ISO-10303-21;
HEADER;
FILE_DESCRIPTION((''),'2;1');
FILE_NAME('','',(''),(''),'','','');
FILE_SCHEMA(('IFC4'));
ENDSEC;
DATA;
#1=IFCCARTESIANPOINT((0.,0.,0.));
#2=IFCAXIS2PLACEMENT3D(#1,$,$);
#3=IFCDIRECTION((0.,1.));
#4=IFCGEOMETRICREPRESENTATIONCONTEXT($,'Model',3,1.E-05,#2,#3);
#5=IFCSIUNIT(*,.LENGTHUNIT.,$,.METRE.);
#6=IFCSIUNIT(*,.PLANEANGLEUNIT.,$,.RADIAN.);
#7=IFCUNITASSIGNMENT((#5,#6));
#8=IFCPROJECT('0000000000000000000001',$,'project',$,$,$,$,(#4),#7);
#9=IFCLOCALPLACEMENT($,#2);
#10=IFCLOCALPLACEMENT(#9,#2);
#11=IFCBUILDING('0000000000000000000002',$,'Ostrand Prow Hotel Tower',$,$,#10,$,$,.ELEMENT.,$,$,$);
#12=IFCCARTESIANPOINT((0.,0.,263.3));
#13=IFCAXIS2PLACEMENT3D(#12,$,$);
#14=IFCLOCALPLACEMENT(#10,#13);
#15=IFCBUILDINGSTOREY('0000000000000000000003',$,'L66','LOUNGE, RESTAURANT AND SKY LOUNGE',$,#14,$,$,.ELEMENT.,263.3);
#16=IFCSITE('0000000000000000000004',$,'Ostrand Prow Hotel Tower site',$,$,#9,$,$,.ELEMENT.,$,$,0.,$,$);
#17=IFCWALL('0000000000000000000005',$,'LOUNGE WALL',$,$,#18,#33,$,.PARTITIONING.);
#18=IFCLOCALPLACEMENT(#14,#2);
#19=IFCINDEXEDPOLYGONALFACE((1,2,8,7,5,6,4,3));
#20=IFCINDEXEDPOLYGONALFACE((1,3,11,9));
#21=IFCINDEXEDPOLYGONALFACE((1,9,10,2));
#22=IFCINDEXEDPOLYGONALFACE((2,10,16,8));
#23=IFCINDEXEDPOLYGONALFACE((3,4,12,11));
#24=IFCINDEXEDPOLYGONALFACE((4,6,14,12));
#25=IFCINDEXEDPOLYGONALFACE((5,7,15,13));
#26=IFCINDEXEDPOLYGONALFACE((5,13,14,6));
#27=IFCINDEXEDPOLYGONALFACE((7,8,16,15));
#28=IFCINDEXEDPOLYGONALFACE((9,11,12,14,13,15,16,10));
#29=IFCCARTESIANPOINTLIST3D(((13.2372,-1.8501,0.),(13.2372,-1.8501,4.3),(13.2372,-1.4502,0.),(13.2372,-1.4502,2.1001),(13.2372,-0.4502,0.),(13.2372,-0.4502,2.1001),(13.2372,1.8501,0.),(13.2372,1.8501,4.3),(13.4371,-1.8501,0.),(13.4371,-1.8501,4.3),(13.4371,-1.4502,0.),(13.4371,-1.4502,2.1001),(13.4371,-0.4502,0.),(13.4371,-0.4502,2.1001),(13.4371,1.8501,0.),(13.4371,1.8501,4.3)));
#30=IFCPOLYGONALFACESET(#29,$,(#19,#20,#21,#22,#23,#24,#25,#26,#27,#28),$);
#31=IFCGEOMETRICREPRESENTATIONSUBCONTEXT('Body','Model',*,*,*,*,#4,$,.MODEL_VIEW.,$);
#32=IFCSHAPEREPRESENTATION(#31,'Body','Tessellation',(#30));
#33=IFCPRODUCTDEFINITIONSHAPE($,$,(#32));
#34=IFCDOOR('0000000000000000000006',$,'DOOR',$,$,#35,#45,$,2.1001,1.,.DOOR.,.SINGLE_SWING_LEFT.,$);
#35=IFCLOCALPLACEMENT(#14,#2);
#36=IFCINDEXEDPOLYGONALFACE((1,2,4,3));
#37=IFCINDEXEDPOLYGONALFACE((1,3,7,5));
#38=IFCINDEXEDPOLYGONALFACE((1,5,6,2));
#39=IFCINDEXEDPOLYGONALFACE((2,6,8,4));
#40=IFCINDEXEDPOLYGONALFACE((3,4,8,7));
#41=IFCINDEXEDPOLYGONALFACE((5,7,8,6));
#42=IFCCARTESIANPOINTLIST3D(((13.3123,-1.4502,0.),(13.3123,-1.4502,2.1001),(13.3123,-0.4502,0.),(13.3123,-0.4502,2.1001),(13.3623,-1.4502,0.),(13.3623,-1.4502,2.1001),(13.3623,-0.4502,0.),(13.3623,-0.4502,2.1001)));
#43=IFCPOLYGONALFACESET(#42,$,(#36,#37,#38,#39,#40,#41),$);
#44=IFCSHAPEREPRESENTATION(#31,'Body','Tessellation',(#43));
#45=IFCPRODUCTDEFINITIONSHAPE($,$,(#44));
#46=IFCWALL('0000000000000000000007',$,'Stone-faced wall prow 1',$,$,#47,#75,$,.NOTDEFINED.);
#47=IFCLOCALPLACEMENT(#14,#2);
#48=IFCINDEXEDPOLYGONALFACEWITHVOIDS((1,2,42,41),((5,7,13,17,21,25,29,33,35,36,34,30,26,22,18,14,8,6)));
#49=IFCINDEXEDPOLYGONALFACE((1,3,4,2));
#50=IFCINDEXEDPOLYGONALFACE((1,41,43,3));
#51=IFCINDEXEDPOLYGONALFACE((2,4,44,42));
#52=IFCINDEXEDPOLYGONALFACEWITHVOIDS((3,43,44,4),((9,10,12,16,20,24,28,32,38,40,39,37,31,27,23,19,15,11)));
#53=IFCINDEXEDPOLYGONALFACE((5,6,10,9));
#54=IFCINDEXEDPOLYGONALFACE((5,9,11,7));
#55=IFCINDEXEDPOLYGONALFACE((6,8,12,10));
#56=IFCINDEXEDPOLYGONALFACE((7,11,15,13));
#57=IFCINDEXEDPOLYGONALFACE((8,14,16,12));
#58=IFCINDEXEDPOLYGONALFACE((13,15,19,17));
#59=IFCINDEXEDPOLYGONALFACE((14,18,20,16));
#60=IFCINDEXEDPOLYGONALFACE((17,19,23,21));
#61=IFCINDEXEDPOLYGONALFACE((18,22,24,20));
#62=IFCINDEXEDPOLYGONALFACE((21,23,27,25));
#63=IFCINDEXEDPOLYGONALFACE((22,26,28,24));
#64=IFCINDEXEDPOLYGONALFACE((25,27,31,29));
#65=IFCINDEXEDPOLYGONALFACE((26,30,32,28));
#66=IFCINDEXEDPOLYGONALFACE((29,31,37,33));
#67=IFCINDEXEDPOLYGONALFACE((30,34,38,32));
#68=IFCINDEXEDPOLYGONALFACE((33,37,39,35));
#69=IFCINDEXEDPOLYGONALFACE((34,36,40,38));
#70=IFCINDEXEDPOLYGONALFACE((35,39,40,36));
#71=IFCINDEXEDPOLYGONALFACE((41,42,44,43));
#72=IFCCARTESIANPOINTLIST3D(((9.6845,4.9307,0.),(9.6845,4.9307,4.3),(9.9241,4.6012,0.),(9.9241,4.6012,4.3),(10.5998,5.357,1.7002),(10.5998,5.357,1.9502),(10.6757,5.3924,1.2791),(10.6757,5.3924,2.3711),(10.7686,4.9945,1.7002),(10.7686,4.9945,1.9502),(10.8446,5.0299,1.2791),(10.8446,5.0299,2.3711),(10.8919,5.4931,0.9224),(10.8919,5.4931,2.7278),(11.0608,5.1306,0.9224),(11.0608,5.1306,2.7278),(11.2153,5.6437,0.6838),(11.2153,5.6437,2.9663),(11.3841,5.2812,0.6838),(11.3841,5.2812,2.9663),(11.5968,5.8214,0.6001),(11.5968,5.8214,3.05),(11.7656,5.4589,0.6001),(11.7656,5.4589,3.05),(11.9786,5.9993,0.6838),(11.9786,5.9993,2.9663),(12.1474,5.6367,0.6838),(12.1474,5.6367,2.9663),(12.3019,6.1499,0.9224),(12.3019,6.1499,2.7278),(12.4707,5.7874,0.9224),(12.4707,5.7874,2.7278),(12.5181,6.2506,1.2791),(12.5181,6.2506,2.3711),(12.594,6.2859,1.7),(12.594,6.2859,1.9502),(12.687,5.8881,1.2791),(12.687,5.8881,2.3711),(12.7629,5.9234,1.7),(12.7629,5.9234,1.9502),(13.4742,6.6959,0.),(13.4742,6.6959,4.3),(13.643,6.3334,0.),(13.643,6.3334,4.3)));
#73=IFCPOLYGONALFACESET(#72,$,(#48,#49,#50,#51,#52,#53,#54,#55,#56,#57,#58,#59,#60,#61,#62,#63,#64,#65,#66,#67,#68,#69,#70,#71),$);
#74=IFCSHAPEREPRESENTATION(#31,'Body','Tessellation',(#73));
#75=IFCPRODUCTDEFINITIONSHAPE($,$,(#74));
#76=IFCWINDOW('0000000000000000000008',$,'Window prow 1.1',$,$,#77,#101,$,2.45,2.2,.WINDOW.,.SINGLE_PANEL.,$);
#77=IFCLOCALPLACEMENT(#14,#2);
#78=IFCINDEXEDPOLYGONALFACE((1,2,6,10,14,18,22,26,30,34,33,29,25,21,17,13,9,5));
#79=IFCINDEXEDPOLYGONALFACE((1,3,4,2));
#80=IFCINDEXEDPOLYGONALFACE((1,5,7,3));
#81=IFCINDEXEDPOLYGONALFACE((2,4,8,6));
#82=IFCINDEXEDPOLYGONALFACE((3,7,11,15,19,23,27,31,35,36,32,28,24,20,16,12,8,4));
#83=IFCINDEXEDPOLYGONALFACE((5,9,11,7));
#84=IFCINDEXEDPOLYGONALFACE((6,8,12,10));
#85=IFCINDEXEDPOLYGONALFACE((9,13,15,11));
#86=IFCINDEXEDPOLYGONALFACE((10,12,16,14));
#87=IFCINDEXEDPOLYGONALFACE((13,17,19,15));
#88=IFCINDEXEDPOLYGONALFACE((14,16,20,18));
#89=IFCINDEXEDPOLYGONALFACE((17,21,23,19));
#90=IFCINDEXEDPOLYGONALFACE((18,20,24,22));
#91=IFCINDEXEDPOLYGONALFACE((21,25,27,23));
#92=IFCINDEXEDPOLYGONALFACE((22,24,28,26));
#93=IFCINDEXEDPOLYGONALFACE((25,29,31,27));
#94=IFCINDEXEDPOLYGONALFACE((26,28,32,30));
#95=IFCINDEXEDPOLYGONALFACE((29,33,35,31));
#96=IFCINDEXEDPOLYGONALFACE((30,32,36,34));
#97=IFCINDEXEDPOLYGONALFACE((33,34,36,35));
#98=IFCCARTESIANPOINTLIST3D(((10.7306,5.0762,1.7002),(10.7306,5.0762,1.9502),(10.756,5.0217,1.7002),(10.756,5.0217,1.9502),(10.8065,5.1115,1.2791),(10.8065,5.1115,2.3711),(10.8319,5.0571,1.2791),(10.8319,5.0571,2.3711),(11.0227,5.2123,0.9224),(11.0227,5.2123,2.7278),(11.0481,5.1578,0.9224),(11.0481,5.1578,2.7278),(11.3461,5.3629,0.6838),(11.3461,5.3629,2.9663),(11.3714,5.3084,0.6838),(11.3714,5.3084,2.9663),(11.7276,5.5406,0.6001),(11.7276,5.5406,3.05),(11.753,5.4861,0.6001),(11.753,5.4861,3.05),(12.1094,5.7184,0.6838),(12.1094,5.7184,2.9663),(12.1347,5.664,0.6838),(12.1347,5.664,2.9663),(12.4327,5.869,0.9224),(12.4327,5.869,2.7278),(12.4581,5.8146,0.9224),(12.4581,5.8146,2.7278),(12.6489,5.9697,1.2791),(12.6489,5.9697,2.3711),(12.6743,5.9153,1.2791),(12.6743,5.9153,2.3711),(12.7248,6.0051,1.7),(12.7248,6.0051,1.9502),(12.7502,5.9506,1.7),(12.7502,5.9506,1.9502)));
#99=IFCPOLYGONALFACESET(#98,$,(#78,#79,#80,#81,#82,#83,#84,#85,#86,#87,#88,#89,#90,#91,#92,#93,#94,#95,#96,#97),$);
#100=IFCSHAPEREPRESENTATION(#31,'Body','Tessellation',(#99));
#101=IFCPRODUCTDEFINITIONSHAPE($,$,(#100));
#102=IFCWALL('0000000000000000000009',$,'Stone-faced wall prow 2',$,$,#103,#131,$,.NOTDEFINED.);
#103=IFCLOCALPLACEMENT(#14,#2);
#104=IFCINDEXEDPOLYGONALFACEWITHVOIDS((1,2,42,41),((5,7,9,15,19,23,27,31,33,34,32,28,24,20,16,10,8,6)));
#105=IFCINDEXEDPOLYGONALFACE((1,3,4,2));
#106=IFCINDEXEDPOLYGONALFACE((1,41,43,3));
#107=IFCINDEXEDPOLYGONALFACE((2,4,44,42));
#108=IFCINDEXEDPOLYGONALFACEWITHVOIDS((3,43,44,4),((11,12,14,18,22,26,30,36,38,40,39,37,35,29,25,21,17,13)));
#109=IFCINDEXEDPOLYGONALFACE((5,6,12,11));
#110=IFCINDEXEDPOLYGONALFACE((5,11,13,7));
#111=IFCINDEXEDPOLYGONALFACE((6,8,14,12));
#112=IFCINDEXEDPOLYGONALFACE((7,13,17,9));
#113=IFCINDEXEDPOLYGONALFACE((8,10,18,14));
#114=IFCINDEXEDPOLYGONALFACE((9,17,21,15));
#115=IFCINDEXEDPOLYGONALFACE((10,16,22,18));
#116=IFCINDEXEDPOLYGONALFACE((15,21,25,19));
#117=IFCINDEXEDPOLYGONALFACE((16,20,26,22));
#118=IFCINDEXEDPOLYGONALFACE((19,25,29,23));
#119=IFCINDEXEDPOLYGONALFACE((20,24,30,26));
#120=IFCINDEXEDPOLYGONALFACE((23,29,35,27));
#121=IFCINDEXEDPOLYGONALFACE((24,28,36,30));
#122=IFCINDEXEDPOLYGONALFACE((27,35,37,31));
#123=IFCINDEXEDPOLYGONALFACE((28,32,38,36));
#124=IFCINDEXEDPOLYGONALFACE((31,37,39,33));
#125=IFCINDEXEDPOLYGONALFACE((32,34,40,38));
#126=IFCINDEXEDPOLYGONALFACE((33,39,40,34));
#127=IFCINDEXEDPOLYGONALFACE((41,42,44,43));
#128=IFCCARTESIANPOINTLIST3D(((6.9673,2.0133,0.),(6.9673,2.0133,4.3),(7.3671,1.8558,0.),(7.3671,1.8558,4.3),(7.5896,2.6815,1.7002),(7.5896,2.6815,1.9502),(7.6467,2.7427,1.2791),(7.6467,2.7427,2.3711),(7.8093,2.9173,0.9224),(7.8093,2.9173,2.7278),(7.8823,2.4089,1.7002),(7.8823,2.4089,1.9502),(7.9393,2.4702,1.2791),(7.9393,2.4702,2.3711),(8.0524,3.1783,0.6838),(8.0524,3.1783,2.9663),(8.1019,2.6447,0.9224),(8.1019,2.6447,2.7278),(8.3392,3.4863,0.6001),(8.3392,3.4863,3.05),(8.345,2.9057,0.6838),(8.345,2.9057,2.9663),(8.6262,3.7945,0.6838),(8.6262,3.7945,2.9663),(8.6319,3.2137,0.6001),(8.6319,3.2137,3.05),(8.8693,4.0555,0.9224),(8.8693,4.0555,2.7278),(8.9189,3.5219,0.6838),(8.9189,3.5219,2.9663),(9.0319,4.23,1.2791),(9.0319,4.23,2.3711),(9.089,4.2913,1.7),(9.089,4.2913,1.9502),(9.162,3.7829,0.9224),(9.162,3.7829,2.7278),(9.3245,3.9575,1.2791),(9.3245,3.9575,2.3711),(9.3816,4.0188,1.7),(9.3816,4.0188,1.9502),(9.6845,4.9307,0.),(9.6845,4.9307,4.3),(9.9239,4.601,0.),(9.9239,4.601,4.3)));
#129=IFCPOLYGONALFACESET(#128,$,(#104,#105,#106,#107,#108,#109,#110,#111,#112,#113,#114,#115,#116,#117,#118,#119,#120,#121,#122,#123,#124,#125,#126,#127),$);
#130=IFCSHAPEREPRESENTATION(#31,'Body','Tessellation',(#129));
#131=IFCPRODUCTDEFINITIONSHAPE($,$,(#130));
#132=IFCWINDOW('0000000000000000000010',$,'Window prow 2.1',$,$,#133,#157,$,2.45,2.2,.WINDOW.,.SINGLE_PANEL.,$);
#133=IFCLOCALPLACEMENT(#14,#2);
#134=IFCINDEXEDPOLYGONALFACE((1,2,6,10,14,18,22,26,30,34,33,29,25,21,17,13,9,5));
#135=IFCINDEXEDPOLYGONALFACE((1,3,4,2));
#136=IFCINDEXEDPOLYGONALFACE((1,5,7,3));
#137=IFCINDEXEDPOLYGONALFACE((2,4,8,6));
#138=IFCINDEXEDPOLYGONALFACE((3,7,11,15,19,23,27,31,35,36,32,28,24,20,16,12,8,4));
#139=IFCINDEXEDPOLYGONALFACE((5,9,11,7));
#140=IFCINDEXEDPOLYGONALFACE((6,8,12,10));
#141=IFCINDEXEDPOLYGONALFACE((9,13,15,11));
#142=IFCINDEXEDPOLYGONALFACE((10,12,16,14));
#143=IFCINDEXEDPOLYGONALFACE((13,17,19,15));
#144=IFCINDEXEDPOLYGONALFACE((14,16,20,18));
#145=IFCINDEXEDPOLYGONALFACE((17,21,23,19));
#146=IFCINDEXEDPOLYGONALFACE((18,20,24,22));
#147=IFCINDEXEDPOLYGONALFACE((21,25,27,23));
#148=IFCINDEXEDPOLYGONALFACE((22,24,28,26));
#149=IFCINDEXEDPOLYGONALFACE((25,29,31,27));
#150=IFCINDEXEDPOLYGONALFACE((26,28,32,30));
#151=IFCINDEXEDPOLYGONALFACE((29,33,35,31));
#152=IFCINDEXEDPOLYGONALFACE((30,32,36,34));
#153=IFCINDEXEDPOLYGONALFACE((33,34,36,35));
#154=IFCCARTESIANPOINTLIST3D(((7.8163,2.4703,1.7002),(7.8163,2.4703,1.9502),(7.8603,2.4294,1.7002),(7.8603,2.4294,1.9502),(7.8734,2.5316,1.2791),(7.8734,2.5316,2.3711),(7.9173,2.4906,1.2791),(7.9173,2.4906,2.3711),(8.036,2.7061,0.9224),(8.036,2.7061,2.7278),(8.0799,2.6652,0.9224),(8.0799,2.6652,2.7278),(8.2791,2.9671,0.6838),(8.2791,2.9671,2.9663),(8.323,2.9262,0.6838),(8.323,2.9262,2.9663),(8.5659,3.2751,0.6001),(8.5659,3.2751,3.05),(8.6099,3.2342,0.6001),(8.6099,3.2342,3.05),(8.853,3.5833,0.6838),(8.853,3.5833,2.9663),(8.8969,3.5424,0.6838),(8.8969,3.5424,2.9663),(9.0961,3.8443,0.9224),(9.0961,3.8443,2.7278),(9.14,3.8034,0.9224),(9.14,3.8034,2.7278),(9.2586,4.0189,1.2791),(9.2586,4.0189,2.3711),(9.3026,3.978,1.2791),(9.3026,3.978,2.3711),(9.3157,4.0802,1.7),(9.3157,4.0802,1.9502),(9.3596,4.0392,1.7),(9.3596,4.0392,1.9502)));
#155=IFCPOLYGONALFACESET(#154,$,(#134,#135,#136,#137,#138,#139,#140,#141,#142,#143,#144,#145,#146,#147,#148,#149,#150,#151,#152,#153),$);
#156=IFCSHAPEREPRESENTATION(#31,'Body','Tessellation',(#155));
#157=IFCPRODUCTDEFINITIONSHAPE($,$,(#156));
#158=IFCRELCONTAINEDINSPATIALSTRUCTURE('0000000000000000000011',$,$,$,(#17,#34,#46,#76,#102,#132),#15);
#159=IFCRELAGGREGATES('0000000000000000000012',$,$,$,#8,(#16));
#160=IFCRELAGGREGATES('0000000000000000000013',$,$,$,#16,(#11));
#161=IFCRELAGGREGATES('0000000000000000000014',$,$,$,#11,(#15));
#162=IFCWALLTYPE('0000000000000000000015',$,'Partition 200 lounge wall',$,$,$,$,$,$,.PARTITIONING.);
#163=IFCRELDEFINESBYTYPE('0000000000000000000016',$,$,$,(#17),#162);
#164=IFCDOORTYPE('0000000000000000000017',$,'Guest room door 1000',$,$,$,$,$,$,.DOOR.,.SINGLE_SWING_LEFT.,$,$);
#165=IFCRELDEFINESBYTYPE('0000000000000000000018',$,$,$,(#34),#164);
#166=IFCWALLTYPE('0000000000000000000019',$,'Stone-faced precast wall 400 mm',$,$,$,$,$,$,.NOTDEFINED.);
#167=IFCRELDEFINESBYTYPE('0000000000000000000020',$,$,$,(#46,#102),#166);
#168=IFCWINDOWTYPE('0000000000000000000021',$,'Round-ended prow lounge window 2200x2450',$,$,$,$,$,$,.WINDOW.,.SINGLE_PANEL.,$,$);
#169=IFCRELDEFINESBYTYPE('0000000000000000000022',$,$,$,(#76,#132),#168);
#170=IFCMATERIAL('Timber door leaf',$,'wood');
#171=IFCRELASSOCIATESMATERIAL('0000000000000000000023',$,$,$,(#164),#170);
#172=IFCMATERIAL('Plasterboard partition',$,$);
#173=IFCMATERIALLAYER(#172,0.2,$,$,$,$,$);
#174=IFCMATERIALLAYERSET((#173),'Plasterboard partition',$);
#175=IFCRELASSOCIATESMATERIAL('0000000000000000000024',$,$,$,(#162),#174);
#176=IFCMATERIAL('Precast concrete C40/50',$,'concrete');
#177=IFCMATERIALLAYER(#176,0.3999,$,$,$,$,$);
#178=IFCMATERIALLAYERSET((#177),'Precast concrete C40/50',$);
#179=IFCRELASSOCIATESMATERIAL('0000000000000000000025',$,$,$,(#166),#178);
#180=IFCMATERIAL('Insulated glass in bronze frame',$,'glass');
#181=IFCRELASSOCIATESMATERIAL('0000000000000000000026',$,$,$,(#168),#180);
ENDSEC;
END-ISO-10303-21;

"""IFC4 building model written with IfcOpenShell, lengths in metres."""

from ifc_helpers import new_model, si_unit, direction, frame, frame_2d, origin, place, context, subcontext, project, spatial, polyline, rectangle, outline, extrude, material, layer, layer_set, type_object, element, fill, save


model = new_model("IFC4")

# Units and contexts
model_context = context("Model", 3, precision=1e-05, world=origin(), true_north=direction((0.0, 1.0)))
body_context = subcontext(model_context, "Body", "Model", "MODEL_VIEW")
ifc_project = project(units=[si_unit("LENGTHUNIT", "METRE"), si_unit("PLANEANGLEUNIT", "RADIAN")], contexts=[model_context])

# Site, building, storey
site_placement = place(None, origin())
site = spatial("IfcSite", under=ifc_project, at=site_placement, Name="Ostrand Prow Hotel Tower site", CompositionType="ELEMENT", RefElevation=0.0)
building_placement = place(site_placement, origin())
building = spatial("IfcBuilding", under=site, at=building_placement, Name="Ostrand Prow Hotel Tower", CompositionType="ELEMENT")
storey_placement = place(building_placement, frame((0.0, 0.0, 263.3)))
storey = spatial("IfcBuildingStorey", under=building, at=storey_placement, Name="L66", Description="LOUNGE, RESTAURANT AND SKY LOUNGE", CompositionType="ELEMENT", Elevation=263.3)

# Wall, opening, door
ifc_material_1 = material(Name="Timber door leaf", Category="wood")
door_type_1 = type_object("IfcDoorType", Name="Guest room door 1000", OperationType="SINGLE_SWING_LEFT", PredefinedType="DOOR", material=ifc_material_1)
ifc_material_2 = material(Name="Plasterboard partition")
ifc_layer_1 = layer(ifc_material_2, 0.2)
ifc_layer_set_1 = layer_set([ifc_layer_1], Name="Plasterboard partition")
wall_type_1 = type_object("IfcWallType", Name="Partition 200 lounge wall", PredefinedType="PARTITIONING", material=ifc_layer_set_1)
wall_1_placement = place(storey_placement, frame((13.3372, -1.8501, 0.0), z_axis=(0.0, 0.0, 1.0), x_axis=(0.0, 1.0, 0.0)))
wall_1 = element("IfcWall", 1, at=wall_1_placement, inside=storey, type_object=wall_type_1, Name="LOUNGE WALL", PredefinedType="PARTITIONING", context=body_context, shape_type="SweptSolid", body=[
    extrude(rectangle(XDim=3.7002, YDim=0.2, at=frame_2d((1.8501, 0.0))), origin(), (0.0, 0.0, 1.0), 4.3),
])
opening_1_placement = place(wall_1_placement, frame((0.3999, 0.0, 0.0)))
opening_1 = element("IfcOpeningElement", 2, at=opening_1_placement, cuts=wall_1, PredefinedType="OPENING", context=body_context, shape_type="SweptSolid", body=[
    extrude(rectangle(XDim=1.0, YDim=2.1001, at=frame_2d((0.5, 1.05))), frame((0.0, 0.1099, 0.0), z_axis=(0.0, -1.0, 0.0), x_axis=(1.0, 0.0, 0.0)), (0.0, 0.0, 1.0), 0.22),
])
door_1_placement = place(opening_1_placement, origin())
door_1 = element("IfcDoor", 3, at=door_1_placement, inside=storey, type_object=door_type_1, Name="DOOR", OperationType="SINGLE_SWING_LEFT", OverallHeight=2.1001, OverallWidth=1.0, PredefinedType="DOOR", context=body_context, shape_type="SweptSolid", body=[
    extrude(rectangle(XDim=1.0, YDim=2.1001, at=frame_2d((0.5, 1.05))), frame((0.0, 0.0249, 0.0), z_axis=(0.0, -1.0, 0.0), x_axis=(1.0, 0.0, 0.0)), (0.0, 0.0, 1.0), 0.05),
])
fill(opening_1, door_1)

# Walls, openings, windows
ifc_material_3 = material(Name="Precast concrete C40/50", Category="concrete")
ifc_layer_2 = layer(ifc_material_3, 0.3999)
ifc_layer_set_2 = layer_set([ifc_layer_2], Name="Precast concrete C40/50")
wall_type_2 = type_object("IfcWallType", Name="Stone-faced precast wall 400 mm", PredefinedType="NOTDEFINED", material=ifc_layer_set_2)
wall_2_placement = place(storey_placement, frame((13.5586, 6.5146, 0.0), z_axis=(0.0, 0.0, 1.0), x_axis=(-0.906486, -0.422237, 0.0)))
wall_2 = element("IfcWall", 4, at=wall_2_placement, inside=storey, type_object=wall_type_2, Name="Stone-faced wall prow 1", PredefinedType="NOTDEFINED", context=body_context, shape_type="SweptSolid", body=[
    extrude(outline(polyline([(0.0, -0.2), (4.1807, -0.2), (4.1025, 0.2), (0.0, 0.2), (0.0, -0.2)])), origin(), (0.0, 0.0, 1.0), 4.3),
])
opening_2_placement = place(wall_2_placement, frame((0.9709, 0.0, 0.6001)))
opening_2 = element("IfcOpeningElement", 5, at=opening_2_placement, cuts=wall_2, PredefinedType="OPENING", context=body_context, shape_type="SweptSolid", body=[
    extrude(outline(polyline([(0.0, 1.3501), (0.0837, 1.771), (0.3223, 2.1277), (0.679, 2.3662), (1.1001, 2.45), (1.521, 2.3662), (1.8777, 2.1277), (2.1162, 1.771), (2.2, 1.3501), (2.2, 1.1001), (2.1162, 0.679), (1.8777, 0.3223), (1.521, 0.0837), (1.1001, 0.0), (0.679, 0.0837), (0.3223, 0.3223), (0.0837, 0.679), (0.0, 1.0999), (0.0, 1.3501)])), frame((0.0, 0.21, 0.0), z_axis=(0.0, -1.0, 0.0), x_axis=(1.0, 0.0, 0.0)), (0.0, 0.0, 1.0), 0.4199),
])
ifc_material_4 = material(Name="Insulated glass in bronze frame", Category="glass")
window_type = type_object("IfcWindowType", Name="Round-ended prow lounge window 2200x2450", PartitioningType="SINGLE_PANEL", PredefinedType="WINDOW", material=ifc_material_4)
window_1_placement = place(opening_2_placement, origin())
window_1 = element("IfcWindow", 6, at=window_1_placement, inside=storey, type_object=window_type, Name="Window prow 1.1", OverallHeight=2.45, OverallWidth=2.2, PartitioningType="SINGLE_PANEL", PredefinedType="WINDOW", context=body_context, shape_type="SweptSolid", body=[
    extrude(outline(polyline([(0.0, 1.3501), (0.0837, 1.771), (0.3223, 2.1277), (0.679, 2.3662), (1.1001, 2.45), (1.521, 2.3662), (1.8777, 2.1277), (2.1162, 1.771), (2.2, 1.3501), (2.2, 1.1001), (2.1162, 0.679), (1.8777, 0.3223), (1.521, 0.0837), (1.1001, 0.0), (0.679, 0.0837), (0.3223, 0.3223), (0.0837, 0.679), (0.0, 1.0999), (0.0, 1.3501)])), frame((0.0, 0.1699, 0.0), z_axis=(0.0, -1.0, 0.0), x_axis=(1.0, 0.0, 0.0)), (0.0, 0.0, 1.0), 0.0601),
])
fill(opening_2, window_1)
wall_3_placement = place(storey_placement, frame((9.8042, 4.7659, 0.0), z_axis=(0.0, 0.0, 1.0), x_axis=(-0.681547, -0.731775, 0.0)))
wall_3 = element("IfcWall", 7, at=wall_3_placement, inside=storey, type_object=wall_type_2, Name="Stone-faced wall prow 2", PredefinedType="NOTDEFINED", context=body_context, shape_type="SweptSolid", body=[
    extrude(outline(polyline([(-0.0391, -0.2), (3.9478, -0.2), (3.7905, 0.2), (0.0391, 0.2), (-0.0391, -0.2)])), origin(), (0.0, 0.0, 1.0), 4.3),
])
opening_3_placement = place(wall_3_placement, frame((0.8347, 0.0, 0.6001)))
opening_3 = element("IfcOpeningElement", 8, at=opening_3_placement, cuts=wall_3, PredefinedType="OPENING", context=body_context, shape_type="SweptSolid", body=[
    extrude(outline(polyline([(0.0, 1.3501), (0.0837, 1.771), (0.3223, 2.1277), (0.679, 2.3662), (1.1001, 2.45), (1.521, 2.3662), (1.8777, 2.1277), (2.1162, 1.771), (2.2, 1.3501), (2.2, 1.1001), (2.1162, 0.679), (1.8777, 0.3223), (1.521, 0.0837), (1.1001, 0.0), (0.679, 0.0837), (0.3223, 0.3223), (0.0837, 0.679), (0.0, 1.0999), (0.0, 1.3501)])), frame((0.0, 0.21, 0.0), z_axis=(0.0, -1.0, 0.0), x_axis=(1.0, 0.0, 0.0)), (0.0, 0.0, 1.0), 0.4199),
])
window_2_placement = place(opening_3_placement, origin())
window_2 = element("IfcWindow", 9, at=window_2_placement, inside=storey, type_object=window_type, Name="Window prow 2.1", OverallHeight=2.45, OverallWidth=2.2, PartitioningType="SINGLE_PANEL", PredefinedType="WINDOW", context=body_context, shape_type="SweptSolid", body=[
    extrude(outline(polyline([(0.0, 1.3501), (0.0837, 1.771), (0.3223, 2.1277), (0.679, 2.3662), (1.1001, 2.45), (1.521, 2.3662), (1.8777, 2.1277), (2.1162, 1.771), (2.2, 1.3501), (2.2, 1.1001), (2.1162, 0.679), (1.8777, 0.3223), (1.521, 0.0837), (1.1001, 0.0), (0.679, 0.0837), (0.3223, 0.3223), (0.0837, 0.679), (0.0, 1.0999), (0.0, 1.3501)])), frame((0.0, 0.1699, 0.0), z_axis=(0.0, -1.0, 0.0), x_axis=(1.0, 0.0, 0.0)), (0.0, 0.0, 1.0), 0.0601),
])
fill(opening_3, window_2)

save(model, "model.ifc")
